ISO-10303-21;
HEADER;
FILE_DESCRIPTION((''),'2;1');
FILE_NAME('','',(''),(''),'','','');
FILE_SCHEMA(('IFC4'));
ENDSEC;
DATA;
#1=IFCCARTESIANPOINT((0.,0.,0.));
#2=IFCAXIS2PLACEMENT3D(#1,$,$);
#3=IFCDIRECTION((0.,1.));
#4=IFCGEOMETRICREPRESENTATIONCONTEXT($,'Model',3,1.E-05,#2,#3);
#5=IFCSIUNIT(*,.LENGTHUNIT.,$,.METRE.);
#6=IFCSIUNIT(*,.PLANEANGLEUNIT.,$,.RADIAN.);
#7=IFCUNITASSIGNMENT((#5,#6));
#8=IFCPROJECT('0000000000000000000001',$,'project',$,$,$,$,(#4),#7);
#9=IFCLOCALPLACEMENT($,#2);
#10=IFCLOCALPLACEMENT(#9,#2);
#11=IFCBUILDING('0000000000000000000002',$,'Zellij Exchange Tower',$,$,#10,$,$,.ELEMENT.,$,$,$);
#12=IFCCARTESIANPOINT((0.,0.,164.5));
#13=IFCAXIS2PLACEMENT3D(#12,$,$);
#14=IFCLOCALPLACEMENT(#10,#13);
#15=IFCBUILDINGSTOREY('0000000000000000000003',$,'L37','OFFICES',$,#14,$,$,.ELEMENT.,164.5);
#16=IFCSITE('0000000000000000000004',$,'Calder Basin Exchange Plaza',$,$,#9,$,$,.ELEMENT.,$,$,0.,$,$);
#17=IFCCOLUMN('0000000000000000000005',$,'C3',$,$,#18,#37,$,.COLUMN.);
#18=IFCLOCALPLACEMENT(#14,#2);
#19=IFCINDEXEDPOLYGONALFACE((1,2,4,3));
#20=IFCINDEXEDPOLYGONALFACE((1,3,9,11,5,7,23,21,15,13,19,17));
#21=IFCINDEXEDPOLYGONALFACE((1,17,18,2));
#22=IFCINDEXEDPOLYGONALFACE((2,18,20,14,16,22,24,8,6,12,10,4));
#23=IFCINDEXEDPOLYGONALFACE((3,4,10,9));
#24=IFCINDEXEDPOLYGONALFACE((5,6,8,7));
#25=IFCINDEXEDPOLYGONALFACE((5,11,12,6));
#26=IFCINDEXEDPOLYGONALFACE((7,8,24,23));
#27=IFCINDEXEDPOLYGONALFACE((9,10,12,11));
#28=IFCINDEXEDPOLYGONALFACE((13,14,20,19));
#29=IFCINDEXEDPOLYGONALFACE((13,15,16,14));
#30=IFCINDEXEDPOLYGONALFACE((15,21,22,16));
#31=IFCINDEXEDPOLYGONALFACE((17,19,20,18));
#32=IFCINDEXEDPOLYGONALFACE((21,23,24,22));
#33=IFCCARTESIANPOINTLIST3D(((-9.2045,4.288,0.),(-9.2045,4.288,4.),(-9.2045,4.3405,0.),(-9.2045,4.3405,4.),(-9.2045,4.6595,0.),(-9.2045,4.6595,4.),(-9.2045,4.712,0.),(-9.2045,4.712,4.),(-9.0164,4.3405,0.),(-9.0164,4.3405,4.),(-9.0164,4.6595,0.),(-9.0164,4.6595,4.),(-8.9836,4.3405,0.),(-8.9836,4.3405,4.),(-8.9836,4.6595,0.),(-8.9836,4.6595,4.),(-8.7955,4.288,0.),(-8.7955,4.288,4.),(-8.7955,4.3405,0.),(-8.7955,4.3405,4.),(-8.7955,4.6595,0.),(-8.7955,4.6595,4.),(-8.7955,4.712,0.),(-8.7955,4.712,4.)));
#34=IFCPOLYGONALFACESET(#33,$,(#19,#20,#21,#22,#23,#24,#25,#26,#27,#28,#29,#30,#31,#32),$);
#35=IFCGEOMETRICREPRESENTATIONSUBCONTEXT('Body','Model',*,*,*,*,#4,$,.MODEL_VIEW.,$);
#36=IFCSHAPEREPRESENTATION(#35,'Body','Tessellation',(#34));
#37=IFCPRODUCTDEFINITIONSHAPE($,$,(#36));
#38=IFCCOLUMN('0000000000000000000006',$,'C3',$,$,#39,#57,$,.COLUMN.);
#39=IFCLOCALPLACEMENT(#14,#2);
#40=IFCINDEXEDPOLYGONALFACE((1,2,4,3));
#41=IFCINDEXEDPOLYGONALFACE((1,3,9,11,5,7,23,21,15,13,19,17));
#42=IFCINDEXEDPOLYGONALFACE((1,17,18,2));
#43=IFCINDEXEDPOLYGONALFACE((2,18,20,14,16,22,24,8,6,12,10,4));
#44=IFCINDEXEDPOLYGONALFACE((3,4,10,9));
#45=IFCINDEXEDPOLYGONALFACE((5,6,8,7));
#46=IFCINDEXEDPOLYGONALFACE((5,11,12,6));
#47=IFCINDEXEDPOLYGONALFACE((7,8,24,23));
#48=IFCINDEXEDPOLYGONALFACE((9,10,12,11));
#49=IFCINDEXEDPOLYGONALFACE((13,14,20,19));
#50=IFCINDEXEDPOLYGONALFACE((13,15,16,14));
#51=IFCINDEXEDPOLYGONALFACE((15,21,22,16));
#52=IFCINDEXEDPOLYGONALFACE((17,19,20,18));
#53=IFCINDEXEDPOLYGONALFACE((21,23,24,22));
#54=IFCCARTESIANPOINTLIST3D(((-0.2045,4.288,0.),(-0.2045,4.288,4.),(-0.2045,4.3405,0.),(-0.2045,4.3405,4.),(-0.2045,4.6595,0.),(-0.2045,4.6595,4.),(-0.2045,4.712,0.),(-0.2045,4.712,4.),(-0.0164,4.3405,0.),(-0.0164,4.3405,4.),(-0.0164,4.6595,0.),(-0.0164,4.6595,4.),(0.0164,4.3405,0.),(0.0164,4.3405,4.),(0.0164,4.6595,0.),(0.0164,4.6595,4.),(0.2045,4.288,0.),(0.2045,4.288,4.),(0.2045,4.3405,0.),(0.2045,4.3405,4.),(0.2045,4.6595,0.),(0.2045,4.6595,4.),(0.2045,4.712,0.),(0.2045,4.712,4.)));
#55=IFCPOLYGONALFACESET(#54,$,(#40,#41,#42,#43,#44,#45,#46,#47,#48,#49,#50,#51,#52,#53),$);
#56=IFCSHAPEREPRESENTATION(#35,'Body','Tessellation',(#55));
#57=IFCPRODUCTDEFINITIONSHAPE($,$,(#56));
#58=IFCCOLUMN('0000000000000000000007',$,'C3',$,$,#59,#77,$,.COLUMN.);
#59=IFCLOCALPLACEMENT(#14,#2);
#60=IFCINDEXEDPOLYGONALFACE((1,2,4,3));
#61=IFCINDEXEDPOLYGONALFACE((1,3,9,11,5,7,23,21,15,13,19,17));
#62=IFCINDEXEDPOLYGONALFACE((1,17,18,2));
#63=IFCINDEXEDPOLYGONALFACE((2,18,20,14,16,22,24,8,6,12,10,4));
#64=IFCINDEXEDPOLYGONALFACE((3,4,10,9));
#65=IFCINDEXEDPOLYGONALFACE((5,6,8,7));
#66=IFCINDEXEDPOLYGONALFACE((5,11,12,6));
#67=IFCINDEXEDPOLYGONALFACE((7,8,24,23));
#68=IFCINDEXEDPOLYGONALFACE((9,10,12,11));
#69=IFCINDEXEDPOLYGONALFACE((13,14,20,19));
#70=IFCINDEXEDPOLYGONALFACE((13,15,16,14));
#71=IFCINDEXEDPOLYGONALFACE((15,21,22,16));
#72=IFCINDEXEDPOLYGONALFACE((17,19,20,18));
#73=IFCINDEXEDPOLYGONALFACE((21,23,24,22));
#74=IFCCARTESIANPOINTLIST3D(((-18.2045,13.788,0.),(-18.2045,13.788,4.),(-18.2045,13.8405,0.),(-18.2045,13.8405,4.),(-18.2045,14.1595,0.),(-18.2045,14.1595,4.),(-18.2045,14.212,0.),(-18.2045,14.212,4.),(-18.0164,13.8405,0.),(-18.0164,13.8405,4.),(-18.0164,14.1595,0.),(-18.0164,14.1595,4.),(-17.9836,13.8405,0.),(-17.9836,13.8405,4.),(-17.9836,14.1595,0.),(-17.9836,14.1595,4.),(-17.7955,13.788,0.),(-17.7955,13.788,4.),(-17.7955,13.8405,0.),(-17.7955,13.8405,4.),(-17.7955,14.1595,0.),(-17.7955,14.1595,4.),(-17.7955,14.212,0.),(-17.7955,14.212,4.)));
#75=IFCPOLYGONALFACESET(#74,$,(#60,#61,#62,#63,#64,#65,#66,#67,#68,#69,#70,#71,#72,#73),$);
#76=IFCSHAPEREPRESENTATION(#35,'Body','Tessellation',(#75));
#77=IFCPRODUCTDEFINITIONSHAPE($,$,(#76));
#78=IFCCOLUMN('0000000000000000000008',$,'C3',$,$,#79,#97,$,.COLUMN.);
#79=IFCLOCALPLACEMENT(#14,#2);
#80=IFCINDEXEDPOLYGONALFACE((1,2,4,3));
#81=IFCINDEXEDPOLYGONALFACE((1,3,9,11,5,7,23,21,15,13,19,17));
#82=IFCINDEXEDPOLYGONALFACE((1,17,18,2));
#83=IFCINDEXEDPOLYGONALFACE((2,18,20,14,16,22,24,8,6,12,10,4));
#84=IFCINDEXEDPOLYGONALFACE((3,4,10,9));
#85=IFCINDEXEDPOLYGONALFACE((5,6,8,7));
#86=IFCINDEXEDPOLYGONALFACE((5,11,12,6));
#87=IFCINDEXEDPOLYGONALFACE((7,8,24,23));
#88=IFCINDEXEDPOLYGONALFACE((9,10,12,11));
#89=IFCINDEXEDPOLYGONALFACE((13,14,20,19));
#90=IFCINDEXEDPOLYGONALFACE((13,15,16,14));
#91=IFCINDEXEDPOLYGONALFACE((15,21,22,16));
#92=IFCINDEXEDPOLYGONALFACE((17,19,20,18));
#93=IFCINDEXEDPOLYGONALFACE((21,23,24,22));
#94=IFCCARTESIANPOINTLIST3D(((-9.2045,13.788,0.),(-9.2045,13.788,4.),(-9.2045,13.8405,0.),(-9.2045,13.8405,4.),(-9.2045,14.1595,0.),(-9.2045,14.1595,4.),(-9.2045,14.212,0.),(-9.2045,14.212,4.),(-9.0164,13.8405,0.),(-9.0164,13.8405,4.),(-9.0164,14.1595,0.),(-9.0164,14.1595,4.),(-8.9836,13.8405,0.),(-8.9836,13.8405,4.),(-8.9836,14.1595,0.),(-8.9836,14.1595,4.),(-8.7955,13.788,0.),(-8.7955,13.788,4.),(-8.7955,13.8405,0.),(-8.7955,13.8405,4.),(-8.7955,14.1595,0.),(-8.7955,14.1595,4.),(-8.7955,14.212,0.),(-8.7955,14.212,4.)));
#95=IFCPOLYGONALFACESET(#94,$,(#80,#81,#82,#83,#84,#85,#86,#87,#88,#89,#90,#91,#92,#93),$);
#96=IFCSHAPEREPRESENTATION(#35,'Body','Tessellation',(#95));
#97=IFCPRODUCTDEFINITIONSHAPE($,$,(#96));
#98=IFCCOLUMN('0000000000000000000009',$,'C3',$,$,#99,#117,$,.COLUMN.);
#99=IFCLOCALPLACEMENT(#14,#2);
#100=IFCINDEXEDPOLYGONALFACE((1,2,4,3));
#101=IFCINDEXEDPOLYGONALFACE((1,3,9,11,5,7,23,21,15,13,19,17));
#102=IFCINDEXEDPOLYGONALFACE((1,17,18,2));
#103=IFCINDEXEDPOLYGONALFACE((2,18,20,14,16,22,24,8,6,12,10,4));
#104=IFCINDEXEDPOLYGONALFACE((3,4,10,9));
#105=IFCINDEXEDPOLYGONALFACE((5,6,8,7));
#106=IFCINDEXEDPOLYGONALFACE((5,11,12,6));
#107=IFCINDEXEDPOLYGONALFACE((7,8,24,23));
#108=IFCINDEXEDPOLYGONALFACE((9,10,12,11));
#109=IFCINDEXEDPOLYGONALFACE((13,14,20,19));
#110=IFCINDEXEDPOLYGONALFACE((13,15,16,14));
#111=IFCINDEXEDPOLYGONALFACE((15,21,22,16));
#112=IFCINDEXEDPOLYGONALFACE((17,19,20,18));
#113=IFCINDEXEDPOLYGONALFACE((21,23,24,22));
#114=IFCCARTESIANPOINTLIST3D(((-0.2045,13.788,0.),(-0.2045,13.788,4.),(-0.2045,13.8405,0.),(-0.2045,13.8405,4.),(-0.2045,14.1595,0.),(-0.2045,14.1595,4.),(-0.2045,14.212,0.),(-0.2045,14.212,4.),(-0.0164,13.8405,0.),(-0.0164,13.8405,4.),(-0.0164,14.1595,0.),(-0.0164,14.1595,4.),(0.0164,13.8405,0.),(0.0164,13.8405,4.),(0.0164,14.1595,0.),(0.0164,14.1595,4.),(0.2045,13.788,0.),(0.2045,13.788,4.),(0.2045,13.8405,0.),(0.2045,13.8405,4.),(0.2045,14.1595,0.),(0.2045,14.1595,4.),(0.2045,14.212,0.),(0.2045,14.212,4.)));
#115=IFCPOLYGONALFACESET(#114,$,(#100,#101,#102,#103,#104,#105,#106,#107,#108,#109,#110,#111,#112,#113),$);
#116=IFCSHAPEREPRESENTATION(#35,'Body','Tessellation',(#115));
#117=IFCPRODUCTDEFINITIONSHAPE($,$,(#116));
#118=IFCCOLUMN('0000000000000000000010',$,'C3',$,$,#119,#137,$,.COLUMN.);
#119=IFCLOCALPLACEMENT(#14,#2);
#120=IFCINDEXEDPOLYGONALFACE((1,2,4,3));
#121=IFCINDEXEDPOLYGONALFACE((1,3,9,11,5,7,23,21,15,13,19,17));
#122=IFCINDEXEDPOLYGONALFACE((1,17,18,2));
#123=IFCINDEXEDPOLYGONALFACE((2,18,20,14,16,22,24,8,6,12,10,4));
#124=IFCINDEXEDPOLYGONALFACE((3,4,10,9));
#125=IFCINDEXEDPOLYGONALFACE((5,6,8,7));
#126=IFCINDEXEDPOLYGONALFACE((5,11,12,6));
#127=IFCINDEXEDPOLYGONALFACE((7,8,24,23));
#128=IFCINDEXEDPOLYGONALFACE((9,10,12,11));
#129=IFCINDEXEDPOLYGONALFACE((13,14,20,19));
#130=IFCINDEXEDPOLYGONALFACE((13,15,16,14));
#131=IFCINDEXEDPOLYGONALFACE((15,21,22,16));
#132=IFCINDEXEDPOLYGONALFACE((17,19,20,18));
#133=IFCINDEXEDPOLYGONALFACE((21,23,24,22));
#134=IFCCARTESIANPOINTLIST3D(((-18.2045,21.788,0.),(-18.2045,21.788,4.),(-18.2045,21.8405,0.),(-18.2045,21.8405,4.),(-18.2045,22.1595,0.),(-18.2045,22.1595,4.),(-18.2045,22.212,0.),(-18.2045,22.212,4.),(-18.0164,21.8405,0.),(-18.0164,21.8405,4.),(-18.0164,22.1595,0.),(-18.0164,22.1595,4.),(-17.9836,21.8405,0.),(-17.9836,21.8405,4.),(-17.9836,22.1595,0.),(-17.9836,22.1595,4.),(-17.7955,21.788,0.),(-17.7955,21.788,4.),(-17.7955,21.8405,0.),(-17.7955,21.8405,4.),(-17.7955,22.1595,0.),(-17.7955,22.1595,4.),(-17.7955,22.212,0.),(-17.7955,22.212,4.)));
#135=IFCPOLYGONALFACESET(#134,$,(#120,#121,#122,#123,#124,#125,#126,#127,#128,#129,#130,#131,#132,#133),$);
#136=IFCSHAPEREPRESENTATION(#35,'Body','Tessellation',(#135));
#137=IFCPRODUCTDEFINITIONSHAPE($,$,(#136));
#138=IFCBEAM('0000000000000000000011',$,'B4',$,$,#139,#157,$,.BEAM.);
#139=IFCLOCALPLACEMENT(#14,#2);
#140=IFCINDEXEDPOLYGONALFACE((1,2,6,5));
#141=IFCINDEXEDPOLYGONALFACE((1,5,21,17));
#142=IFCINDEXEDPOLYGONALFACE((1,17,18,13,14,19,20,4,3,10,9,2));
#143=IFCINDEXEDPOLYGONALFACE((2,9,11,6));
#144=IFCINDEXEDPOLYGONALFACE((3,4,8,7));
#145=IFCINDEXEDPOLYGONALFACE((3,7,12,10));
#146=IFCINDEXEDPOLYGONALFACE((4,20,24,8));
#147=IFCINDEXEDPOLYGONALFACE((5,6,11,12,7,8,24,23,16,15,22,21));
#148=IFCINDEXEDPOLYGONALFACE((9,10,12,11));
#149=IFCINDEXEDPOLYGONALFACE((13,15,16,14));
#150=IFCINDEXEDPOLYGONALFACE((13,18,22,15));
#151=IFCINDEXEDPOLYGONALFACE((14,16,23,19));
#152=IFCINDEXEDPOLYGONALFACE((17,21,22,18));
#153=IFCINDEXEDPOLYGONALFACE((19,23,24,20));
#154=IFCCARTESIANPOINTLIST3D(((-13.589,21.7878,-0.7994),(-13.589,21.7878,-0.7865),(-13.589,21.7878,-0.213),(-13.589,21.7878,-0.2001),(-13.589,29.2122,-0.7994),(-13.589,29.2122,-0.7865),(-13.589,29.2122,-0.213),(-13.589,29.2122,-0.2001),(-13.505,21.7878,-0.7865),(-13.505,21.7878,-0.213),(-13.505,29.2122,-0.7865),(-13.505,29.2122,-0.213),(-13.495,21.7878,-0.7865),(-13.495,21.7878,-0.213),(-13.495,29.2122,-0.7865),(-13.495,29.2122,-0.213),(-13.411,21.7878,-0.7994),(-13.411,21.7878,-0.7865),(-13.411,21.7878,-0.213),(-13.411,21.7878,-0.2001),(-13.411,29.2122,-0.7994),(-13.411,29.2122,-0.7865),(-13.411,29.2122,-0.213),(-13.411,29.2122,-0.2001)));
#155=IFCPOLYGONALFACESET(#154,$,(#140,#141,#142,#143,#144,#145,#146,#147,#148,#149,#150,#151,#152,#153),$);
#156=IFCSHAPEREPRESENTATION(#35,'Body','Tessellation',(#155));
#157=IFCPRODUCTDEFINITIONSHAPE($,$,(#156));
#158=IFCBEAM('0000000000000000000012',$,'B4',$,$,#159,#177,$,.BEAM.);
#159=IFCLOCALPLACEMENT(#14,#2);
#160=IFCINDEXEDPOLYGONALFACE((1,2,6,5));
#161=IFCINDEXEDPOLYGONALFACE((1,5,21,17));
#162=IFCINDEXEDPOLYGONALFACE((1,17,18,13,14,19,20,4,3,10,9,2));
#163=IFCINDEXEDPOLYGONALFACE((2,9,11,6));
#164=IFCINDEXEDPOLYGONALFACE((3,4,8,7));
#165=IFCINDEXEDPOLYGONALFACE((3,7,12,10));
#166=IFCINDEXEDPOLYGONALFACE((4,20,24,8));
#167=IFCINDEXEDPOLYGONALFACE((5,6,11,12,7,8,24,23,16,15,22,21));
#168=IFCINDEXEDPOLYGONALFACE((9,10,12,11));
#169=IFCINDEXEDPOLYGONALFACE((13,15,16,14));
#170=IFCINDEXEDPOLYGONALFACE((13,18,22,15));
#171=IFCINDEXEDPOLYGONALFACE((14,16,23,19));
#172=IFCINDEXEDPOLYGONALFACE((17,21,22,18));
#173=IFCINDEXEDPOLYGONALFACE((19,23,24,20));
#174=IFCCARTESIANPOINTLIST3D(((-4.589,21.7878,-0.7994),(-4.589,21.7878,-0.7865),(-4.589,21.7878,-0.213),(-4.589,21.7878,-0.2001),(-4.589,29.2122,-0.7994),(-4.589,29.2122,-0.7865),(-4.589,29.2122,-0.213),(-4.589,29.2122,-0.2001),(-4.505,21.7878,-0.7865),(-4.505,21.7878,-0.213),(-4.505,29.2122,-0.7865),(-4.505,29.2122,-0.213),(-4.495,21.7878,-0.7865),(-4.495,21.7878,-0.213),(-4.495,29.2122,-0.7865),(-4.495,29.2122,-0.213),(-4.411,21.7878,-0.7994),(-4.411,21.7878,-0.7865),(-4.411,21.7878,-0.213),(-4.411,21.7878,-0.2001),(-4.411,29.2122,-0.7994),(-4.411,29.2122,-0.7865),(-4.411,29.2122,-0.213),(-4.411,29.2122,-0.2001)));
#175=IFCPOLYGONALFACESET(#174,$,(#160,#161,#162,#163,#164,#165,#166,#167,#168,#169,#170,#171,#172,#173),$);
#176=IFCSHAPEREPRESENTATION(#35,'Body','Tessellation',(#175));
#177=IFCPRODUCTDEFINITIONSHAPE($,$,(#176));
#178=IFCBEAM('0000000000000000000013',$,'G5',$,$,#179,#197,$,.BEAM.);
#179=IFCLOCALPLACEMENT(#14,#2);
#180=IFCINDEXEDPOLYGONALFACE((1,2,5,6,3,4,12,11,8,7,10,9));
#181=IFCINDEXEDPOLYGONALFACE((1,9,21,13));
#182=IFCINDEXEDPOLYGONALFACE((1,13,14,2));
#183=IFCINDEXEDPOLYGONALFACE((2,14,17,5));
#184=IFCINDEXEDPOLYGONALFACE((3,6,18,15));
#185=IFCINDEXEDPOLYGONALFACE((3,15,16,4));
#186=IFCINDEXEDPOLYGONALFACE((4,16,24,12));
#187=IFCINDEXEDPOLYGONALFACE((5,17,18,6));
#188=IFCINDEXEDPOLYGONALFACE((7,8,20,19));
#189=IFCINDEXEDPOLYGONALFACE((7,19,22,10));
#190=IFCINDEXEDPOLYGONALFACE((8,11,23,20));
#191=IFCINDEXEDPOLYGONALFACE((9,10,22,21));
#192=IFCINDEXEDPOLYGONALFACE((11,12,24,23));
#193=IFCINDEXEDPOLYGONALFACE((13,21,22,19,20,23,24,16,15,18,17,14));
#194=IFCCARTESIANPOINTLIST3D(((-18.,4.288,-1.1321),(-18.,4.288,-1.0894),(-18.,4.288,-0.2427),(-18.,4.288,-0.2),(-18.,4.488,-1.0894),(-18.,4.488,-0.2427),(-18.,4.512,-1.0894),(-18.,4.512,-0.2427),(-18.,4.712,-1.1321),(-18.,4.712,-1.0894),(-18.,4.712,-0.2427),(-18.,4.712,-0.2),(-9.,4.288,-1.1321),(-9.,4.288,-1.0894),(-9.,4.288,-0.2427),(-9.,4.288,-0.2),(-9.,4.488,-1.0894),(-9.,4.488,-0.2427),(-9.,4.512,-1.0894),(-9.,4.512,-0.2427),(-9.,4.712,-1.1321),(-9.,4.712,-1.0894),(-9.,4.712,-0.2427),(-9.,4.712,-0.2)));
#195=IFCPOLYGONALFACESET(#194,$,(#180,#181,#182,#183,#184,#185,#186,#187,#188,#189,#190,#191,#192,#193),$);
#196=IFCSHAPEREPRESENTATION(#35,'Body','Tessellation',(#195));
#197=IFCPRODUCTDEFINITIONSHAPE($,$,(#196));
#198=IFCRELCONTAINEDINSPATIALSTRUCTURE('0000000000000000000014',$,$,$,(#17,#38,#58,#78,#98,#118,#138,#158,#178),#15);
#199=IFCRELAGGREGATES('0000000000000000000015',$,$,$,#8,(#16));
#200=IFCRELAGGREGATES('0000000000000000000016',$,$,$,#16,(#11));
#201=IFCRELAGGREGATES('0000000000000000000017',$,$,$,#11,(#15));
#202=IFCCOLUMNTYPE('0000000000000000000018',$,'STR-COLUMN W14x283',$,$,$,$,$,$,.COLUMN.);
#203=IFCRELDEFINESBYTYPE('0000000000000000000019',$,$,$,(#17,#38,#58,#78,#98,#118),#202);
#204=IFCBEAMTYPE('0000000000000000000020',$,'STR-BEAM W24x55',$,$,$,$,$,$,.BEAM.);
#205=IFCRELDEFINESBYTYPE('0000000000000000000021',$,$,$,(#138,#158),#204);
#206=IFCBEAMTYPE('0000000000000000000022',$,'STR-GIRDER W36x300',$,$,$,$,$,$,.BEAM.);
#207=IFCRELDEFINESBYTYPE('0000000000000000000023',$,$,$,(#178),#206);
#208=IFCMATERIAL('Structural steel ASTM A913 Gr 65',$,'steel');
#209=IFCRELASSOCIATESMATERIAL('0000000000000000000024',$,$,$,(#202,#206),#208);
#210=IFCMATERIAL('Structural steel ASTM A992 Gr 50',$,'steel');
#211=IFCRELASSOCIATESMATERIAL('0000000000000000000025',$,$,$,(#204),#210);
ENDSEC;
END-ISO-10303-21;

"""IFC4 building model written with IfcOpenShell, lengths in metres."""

from ifc_helpers import new_model, si_unit, direction, frame, origin, origin_2d, place, context, subcontext, project, spatial, i_section, extrude, material, material_profile, profile_set, type_object, element, save


model = new_model("IFC4")

# Units and contexts
model_context = context("Model", 3, precision=1e-05, world=origin(), true_north=direction((0.0, 1.0)))
body_context = subcontext(model_context, "Body", "Model", "MODEL_VIEW")
ifc_project = project(units=[si_unit("LENGTHUNIT", "METRE"), si_unit("PLANEANGLEUNIT", "RADIAN")], contexts=[model_context])

# Site, building, storey
site_placement = place(None, origin())
site = spatial("IfcSite", under=ifc_project, at=site_placement, Name="Calder Basin Exchange Plaza", CompositionType="ELEMENT", RefElevation=0.0)
building_placement = place(site_placement, origin())
building = spatial("IfcBuilding", under=site, at=building_placement, Name="Zellij Exchange Tower", CompositionType="ELEMENT")
storey_placement = place(building_placement, frame((0.0, 0.0, 164.5)))
storey = spatial("IfcBuildingStorey", under=building, at=storey_placement, Name="L37", Description="OFFICES", CompositionType="ELEMENT", Elevation=164.5)

# Columns
ifc_material_1 = material(Name="Structural steel ASTM A913 Gr 65", Category="steel")
ifc_material_profile_1 = material_profile(ifc_material_1, i_section(OverallWidth=0.4089, OverallDepth=0.4241, WebThickness=0.0327, FlangeThickness=0.0525, at=origin_2d()), Name="W14x283")
ifc_profile_set_1 = profile_set([ifc_material_profile_1], Name="Structural steel ASTM A913 Gr 65")
column_type = type_object("IfcColumnType", Name="STR-COLUMN W14x283", PredefinedType="COLUMN", material=ifc_profile_set_1)
for number, where, z_axis, x_axis, name in (
    (1, (-9.0, 4.5, 0.0), (0.0, 0.0, 1.0), (1.0, 0.0, 0.0), "C3"),
    (2, (0.0, 4.5, 0.0), (0.0, 0.0, 1.0), (1.0, 0.0, 0.0), "C3"),
    (3, (-18.0, 14.0, 0.0), (0.0, 0.0, 1.0), (1.0, 0.0, 0.0), "C3"),
    (4, (-9.0, 14.0, 0.0), (0.0, 0.0, 1.0), (1.0, 0.0, 0.0), "C3"),
    (5, (0.0, 14.0, 0.0), (0.0, 0.0, 1.0), (1.0, 0.0, 0.0), "C3"),
    (6, (-18.0, 22.0, 0.0), (0.0, 0.0, 1.0), (1.0, 0.0, 0.0), "C3"),
):
    element("IfcColumn", number, at=place(storey_placement, frame(where, z_axis=z_axis, x_axis=x_axis)), inside=storey, type_object=column_type, Name=name, PredefinedType="COLUMN", context=body_context, shape_type="SweptSolid", body=[
        extrude(i_section(OverallWidth=0.4089, OverallDepth=0.4241, WebThickness=0.0327, FlangeThickness=0.0525, at=origin_2d()), origin(), (0.0, 0.0, 1.0), 4.0),
    ])

# Beams
ifc_material_2 = material(Name="Structural steel ASTM A992 Gr 50", Category="steel")
ifc_material_profile_2 = material_profile(ifc_material_2, i_section(OverallWidth=0.178, OverallDepth=0.5994, WebThickness=0.01, FlangeThickness=0.0129, at=origin_2d()), Name="W24x55")
ifc_profile_set_2 = profile_set([ifc_material_profile_2], Name="Structural steel ASTM A992 Gr 50")
beam_type_1 = type_object("IfcBeamType", Name="STR-BEAM W24x55", PredefinedType="BEAM", material=ifc_profile_set_2)
for number, where, z_axis, x_axis, name in (
    (7, (-13.5, 21.7878, -0.4998), (0.0, 1.0, 0.0), (-1.0, 0.0, 0.0), "B4"),
    (8, (-4.5, 21.7878, -0.4998), (0.0, 1.0, 0.0), (-1.0, 0.0, 0.0), "B4"),
):
    element("IfcBeam", number, at=place(storey_placement, frame(where, z_axis=z_axis, x_axis=x_axis)), inside=storey, type_object=beam_type_1, Name=name, PredefinedType="BEAM", context=body_context, shape_type="SweptSolid", body=[
        extrude(i_section(OverallWidth=0.178, OverallDepth=0.5994, WebThickness=0.01, FlangeThickness=0.0129, at=origin_2d()), origin(), (0.0, 0.0, 1.0), 7.4243),
    ])
ifc_material_profile_3 = material_profile(ifc_material_1, i_section(OverallWidth=0.4241, OverallDepth=0.9321, WebThickness=0.0239, FlangeThickness=0.0427, at=origin_2d()), Name="W36x300")
ifc_profile_set_3 = profile_set([ifc_material_profile_3], Name="Structural steel ASTM A913 Gr 65")
beam_type_2 = type_object("IfcBeamType", Name="STR-GIRDER W36x300", PredefinedType="BEAM", material=ifc_profile_set_3)
for number, where, z_axis, x_axis, name in (
    (9, (-18.0, 4.5, -0.666), (1.0, 0.0, 0.0), (0.0, 1.0, 0.0), "G5"),
):
    element("IfcBeam", number, at=place(storey_placement, frame(where, z_axis=z_axis, x_axis=x_axis)), inside=storey, type_object=beam_type_2, Name=name, PredefinedType="BEAM", context=body_context, shape_type="SweptSolid", body=[
        extrude(i_section(OverallWidth=0.4241, OverallDepth=0.9321, WebThickness=0.0239, FlangeThickness=0.0427, at=origin_2d()), origin(), (0.0, 0.0, 1.0), 9.0),
    ])

save(model, "model.ifc")
